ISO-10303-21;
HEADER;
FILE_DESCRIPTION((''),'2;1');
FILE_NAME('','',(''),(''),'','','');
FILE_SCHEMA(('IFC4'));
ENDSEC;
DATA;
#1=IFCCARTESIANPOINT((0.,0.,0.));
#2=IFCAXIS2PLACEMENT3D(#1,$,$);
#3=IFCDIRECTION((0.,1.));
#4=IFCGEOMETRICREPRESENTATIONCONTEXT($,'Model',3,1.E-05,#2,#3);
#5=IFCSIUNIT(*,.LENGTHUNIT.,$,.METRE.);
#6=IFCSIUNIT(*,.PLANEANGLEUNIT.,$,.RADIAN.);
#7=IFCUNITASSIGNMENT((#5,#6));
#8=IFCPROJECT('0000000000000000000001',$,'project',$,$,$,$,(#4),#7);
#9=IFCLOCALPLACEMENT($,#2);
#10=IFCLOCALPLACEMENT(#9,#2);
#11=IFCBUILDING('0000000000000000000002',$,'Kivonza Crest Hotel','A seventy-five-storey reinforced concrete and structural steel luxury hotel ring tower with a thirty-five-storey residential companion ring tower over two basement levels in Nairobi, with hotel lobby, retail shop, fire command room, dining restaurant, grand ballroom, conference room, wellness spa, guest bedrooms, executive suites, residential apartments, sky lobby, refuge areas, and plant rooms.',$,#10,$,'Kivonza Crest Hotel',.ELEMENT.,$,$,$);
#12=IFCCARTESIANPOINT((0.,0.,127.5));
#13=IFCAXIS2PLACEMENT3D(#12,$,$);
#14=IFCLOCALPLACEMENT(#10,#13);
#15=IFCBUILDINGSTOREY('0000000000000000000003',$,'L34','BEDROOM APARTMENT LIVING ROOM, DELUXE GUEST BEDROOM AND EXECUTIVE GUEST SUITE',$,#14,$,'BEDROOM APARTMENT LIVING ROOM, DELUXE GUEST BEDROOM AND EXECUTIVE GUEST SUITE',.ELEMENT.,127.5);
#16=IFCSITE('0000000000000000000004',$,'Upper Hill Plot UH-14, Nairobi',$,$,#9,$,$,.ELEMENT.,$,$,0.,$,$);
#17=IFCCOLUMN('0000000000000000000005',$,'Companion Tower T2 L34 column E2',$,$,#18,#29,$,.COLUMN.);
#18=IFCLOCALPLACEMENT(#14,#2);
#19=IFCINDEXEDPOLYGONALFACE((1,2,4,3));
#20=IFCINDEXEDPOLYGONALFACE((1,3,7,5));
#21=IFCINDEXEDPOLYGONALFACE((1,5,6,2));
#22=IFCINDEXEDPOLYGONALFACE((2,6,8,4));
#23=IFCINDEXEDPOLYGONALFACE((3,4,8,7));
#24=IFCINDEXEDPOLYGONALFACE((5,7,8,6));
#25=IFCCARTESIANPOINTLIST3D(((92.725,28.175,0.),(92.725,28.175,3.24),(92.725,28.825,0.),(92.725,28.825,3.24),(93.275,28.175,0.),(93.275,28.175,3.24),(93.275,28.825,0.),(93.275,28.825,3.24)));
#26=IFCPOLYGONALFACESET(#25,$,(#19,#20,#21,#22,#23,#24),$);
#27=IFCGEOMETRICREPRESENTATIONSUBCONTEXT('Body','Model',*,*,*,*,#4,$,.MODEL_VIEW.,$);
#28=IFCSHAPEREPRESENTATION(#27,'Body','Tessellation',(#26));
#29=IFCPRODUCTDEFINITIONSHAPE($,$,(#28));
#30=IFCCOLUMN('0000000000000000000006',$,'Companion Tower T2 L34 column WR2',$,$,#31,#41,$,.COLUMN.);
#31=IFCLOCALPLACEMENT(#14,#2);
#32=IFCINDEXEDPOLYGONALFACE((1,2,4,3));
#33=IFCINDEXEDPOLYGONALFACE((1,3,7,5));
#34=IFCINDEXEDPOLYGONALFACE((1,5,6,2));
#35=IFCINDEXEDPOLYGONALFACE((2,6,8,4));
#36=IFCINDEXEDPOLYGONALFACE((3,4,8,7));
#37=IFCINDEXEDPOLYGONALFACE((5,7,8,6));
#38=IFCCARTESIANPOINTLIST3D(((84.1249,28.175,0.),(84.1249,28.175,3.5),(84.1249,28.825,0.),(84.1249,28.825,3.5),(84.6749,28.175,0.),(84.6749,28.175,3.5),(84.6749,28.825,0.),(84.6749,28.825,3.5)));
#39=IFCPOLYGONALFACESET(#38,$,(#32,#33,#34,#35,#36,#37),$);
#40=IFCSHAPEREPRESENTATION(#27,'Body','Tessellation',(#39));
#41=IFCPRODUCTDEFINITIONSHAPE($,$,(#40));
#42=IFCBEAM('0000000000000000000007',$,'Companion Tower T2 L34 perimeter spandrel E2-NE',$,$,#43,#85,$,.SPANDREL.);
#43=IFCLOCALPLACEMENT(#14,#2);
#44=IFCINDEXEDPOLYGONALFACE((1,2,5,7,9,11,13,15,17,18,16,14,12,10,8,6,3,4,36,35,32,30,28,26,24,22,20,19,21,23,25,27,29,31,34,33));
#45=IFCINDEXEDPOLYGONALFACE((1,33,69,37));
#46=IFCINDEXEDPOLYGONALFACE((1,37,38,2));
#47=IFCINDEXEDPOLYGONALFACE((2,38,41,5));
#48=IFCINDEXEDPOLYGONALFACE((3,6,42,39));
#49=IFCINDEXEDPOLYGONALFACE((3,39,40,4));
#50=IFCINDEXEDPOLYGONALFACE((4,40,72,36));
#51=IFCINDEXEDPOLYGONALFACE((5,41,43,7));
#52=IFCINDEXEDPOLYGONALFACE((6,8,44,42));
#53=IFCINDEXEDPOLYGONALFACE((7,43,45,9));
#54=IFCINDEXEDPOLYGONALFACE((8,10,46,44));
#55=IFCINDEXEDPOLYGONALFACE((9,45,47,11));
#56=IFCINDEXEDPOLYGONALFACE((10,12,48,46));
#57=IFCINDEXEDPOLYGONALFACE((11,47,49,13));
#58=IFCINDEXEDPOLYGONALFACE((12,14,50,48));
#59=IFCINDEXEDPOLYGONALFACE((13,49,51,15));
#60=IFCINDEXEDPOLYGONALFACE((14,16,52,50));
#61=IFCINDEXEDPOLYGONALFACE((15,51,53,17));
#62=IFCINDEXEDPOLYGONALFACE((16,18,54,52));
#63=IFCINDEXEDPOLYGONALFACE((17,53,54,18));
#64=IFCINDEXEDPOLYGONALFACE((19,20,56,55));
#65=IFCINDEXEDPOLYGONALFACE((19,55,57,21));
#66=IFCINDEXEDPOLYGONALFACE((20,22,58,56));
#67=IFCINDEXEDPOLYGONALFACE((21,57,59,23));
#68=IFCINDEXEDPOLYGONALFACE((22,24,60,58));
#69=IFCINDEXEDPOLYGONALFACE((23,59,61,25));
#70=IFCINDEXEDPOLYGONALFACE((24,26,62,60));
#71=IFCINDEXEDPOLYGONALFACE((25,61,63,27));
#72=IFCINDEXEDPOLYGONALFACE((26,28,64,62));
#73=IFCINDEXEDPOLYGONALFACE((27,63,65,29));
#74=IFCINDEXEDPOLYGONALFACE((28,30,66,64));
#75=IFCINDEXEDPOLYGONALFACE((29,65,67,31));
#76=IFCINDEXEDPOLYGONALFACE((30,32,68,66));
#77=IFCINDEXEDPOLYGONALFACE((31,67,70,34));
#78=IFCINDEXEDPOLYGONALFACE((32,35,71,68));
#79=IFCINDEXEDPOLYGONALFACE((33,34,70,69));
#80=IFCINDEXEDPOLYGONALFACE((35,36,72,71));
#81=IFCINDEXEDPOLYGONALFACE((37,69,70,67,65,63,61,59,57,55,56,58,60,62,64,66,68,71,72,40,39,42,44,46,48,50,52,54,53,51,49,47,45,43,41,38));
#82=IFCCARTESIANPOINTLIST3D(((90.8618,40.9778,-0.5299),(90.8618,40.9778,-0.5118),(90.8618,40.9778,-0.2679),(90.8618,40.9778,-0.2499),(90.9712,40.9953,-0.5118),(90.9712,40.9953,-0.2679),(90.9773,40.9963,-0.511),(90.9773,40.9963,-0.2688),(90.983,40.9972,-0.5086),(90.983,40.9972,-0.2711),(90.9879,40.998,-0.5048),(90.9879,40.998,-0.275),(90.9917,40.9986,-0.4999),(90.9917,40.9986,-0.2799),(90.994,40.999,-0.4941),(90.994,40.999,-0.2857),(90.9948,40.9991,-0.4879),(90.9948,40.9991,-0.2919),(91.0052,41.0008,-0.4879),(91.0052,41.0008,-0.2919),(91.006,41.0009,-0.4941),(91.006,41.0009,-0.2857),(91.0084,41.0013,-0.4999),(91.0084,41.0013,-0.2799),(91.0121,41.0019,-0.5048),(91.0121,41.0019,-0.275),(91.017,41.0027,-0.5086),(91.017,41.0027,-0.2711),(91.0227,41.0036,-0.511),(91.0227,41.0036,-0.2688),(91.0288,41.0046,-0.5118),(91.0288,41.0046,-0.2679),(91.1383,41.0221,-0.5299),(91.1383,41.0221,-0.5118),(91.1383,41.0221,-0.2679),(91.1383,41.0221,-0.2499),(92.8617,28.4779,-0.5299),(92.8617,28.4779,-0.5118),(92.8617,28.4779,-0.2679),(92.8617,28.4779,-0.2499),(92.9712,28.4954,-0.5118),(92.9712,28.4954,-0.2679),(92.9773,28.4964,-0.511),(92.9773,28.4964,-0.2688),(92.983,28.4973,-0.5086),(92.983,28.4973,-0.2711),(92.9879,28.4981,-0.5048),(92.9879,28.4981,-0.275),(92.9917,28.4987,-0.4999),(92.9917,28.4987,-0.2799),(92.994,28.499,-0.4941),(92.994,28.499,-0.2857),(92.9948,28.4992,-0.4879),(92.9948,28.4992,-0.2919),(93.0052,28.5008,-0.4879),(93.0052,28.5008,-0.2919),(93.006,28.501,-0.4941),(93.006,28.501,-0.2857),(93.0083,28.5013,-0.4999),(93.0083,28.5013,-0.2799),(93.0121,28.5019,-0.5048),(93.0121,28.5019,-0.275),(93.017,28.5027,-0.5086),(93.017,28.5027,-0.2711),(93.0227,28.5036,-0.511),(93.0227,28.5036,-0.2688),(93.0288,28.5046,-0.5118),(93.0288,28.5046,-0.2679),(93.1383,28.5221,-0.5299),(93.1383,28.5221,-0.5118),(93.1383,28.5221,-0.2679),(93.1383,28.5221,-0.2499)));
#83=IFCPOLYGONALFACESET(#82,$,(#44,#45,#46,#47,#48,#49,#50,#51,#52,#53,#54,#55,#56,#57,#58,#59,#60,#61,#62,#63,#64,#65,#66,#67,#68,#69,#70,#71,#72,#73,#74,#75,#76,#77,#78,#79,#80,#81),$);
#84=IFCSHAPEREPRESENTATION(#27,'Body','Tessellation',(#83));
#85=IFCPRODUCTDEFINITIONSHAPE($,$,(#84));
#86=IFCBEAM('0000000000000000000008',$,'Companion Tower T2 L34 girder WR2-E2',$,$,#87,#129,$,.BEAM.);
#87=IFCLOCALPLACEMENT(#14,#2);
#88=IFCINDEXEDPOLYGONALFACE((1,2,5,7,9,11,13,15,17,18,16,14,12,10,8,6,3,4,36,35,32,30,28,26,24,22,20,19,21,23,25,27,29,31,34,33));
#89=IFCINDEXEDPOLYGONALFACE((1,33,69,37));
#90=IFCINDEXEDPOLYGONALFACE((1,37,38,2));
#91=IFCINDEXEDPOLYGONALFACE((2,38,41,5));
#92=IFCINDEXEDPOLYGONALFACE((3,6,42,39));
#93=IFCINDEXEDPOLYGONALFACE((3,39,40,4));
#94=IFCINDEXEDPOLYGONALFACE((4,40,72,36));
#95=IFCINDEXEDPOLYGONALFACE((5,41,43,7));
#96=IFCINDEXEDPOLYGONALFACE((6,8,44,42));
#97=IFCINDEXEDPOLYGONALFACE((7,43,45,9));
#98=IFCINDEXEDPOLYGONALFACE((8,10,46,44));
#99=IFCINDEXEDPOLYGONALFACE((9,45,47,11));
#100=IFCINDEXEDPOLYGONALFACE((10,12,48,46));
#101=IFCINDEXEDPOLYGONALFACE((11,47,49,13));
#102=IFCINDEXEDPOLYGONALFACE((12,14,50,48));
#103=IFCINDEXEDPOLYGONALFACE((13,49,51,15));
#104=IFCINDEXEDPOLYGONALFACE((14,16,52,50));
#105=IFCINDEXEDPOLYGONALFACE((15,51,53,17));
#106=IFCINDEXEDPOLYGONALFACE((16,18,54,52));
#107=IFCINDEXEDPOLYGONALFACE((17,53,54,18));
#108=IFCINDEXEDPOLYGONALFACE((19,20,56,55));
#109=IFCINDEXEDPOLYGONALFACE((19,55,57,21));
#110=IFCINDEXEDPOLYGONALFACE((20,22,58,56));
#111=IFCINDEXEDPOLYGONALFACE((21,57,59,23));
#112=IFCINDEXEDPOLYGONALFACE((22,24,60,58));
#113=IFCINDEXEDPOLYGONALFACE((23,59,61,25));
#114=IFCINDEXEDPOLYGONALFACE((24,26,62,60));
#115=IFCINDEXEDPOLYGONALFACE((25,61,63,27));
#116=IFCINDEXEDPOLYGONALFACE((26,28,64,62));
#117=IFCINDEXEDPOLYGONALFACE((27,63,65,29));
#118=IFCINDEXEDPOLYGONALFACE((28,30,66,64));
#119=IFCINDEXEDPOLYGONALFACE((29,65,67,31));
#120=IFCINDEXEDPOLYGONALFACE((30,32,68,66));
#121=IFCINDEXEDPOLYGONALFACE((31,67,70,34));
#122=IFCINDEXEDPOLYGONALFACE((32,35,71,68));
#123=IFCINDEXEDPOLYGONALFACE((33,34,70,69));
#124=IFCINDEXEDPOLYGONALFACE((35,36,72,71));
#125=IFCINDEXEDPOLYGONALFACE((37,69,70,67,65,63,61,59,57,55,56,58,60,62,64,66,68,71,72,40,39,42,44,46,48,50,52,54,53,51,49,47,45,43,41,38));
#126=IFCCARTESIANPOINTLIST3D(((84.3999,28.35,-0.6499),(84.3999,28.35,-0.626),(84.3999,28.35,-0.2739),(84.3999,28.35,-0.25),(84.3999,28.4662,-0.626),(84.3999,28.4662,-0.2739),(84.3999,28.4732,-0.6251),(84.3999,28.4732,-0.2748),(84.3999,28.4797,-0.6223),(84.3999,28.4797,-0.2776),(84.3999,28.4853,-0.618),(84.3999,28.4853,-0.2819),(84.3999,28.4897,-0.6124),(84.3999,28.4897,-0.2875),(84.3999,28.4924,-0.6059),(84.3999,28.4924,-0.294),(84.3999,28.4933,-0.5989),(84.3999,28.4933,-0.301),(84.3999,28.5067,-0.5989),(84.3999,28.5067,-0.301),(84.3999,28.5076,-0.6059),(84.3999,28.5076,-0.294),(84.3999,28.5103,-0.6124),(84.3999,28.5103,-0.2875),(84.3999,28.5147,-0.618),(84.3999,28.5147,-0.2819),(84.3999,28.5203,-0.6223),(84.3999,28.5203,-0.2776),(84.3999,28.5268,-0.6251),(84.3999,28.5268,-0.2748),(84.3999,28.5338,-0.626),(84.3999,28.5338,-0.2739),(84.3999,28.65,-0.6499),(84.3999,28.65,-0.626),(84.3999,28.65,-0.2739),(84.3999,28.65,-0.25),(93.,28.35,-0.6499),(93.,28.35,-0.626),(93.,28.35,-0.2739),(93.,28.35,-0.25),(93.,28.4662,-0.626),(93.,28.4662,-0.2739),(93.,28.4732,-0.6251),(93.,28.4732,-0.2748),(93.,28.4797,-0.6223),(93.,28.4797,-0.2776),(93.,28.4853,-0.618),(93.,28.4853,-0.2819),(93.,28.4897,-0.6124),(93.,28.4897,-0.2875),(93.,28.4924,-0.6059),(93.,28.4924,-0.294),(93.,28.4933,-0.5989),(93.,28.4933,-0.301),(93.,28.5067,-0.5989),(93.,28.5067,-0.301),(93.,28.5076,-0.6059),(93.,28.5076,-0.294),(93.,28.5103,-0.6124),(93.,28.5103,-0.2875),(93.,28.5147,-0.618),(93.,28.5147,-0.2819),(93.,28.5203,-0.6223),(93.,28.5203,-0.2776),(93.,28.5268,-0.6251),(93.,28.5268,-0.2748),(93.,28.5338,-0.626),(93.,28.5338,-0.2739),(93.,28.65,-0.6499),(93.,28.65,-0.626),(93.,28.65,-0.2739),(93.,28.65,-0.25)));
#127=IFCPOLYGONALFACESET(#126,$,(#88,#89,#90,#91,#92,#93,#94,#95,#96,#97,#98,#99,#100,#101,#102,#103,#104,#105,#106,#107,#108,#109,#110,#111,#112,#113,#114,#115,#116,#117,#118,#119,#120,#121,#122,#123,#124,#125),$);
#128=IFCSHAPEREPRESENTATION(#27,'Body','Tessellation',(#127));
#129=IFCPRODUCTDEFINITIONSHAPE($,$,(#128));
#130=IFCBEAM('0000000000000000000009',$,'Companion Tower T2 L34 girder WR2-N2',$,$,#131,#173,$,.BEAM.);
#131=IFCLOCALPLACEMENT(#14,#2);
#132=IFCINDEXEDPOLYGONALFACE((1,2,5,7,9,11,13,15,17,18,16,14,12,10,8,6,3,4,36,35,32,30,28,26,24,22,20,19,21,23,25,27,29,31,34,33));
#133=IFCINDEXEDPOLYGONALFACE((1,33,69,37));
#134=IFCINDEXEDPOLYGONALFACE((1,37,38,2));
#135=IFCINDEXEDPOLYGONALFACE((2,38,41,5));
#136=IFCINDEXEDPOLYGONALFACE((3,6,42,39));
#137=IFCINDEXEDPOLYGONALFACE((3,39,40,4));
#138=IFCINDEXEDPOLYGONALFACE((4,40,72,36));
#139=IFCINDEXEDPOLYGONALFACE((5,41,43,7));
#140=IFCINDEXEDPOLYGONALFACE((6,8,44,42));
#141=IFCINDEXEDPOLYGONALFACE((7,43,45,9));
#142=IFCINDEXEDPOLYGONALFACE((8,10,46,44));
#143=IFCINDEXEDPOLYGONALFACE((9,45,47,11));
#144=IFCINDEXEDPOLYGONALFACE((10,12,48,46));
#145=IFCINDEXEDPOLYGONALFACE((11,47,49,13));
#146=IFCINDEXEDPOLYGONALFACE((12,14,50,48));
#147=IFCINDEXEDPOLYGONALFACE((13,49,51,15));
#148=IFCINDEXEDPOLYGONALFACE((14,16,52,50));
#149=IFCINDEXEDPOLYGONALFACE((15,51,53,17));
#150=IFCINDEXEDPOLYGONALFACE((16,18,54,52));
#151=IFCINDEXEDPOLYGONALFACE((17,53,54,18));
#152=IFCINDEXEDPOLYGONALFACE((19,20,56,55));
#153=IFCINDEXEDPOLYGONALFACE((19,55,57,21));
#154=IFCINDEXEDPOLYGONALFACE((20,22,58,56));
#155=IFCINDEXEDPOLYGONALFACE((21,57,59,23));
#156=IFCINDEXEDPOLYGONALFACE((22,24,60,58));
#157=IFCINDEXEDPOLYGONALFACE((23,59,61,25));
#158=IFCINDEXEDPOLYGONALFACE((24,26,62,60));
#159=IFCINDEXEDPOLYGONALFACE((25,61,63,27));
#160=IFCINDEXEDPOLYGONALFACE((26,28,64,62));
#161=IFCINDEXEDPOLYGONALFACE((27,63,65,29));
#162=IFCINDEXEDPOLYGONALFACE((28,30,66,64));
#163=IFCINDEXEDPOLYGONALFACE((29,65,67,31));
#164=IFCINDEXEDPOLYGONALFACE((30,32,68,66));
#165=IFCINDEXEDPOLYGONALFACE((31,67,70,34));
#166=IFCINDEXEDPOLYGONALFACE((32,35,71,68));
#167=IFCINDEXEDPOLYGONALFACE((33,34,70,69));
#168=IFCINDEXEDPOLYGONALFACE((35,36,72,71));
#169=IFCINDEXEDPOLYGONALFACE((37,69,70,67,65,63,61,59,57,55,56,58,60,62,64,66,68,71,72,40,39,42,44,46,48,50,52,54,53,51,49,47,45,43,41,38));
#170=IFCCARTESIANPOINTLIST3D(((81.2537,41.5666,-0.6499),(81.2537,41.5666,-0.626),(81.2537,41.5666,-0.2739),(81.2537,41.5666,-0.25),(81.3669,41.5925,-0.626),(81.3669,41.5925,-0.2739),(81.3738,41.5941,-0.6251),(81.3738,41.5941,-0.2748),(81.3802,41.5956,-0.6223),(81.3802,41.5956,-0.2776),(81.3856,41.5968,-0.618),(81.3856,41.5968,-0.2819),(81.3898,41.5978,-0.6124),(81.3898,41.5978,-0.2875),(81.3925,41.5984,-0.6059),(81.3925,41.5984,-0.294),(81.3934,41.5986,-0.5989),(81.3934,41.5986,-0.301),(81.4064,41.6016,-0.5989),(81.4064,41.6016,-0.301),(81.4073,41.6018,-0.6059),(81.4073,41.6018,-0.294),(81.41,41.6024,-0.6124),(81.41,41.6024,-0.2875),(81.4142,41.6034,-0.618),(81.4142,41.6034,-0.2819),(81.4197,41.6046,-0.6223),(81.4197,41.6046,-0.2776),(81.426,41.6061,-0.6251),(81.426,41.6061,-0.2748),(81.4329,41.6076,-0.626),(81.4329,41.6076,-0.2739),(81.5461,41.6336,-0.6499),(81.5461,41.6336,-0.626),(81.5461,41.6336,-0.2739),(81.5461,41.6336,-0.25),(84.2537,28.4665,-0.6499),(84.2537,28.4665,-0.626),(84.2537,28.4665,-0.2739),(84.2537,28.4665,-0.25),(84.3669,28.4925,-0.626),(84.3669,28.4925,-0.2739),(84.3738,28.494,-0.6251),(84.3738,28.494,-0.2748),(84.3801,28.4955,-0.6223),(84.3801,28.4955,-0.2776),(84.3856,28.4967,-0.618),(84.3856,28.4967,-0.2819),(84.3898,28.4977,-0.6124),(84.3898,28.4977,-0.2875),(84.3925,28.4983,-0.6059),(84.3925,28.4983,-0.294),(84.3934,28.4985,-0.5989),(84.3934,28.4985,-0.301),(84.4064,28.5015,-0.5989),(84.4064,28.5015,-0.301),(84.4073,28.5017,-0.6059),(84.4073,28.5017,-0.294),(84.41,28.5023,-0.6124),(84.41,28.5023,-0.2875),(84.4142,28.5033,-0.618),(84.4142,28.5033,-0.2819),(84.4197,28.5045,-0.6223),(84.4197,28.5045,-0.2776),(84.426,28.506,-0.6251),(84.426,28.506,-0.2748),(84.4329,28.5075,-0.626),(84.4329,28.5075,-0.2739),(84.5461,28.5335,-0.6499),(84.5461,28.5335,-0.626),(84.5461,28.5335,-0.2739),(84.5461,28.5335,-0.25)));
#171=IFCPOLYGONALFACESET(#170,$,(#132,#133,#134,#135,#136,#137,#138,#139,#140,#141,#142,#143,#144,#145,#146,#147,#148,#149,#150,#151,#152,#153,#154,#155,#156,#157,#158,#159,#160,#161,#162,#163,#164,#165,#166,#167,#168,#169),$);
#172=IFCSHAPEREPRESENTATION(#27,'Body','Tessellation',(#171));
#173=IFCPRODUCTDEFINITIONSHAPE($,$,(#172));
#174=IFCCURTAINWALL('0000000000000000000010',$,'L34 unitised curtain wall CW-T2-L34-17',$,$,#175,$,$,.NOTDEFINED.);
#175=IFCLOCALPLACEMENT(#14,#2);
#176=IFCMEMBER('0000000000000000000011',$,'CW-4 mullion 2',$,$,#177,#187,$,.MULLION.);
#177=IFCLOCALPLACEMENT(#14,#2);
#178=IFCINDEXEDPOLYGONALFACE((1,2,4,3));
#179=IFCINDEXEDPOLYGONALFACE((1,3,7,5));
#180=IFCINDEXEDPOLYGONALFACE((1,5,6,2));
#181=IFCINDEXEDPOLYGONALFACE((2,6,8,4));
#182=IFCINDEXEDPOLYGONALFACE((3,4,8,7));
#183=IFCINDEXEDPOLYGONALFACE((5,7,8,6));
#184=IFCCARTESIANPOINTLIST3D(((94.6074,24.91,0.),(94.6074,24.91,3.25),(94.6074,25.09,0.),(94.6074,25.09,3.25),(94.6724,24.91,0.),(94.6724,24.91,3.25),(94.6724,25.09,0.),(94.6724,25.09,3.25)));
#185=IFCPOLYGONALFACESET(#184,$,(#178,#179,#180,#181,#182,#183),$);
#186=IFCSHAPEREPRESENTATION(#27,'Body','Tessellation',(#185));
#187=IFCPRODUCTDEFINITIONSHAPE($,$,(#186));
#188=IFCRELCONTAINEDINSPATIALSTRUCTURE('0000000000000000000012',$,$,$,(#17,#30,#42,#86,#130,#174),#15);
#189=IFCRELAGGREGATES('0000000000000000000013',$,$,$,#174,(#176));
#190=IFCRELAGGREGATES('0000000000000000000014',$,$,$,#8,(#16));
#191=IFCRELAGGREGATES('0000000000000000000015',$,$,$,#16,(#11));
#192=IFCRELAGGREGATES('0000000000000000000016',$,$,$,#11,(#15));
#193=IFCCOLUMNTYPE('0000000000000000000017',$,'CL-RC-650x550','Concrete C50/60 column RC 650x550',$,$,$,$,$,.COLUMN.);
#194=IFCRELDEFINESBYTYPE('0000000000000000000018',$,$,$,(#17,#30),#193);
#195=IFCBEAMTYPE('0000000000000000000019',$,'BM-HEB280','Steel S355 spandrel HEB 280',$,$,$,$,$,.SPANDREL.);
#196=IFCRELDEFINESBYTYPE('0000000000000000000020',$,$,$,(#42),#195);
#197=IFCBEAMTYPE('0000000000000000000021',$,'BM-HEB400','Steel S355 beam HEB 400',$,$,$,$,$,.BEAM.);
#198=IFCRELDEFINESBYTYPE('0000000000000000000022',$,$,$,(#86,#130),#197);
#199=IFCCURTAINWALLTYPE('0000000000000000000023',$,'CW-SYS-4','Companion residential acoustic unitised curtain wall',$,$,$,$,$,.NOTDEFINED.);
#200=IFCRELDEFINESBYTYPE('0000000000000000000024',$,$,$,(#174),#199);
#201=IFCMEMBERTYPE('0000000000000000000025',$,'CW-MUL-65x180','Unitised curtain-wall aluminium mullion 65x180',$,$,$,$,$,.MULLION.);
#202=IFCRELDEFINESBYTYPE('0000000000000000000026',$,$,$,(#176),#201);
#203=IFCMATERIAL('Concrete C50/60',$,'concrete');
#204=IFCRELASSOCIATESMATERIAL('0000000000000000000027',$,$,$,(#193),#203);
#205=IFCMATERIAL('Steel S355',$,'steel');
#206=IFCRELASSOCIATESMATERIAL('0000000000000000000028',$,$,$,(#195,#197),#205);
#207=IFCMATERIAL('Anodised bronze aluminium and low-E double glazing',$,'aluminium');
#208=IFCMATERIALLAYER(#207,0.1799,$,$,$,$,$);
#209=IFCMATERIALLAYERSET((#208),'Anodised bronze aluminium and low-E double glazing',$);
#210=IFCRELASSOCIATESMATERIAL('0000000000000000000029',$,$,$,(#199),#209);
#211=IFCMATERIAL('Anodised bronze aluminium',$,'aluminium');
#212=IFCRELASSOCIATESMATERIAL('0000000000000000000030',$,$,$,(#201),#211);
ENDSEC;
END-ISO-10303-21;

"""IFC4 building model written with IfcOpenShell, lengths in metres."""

from ifc_helpers import new_model, si_unit, direction, frame, origin, origin_2d, place, context, subcontext, project, spatial, rectangle, i_section, extrude, material, layer, layer_set, material_profile, profile_set, type_object, element, aggregate, save


model = new_model("IFC4")

# Units and contexts
model_context = context("Model", 3, precision=1e-05, world=origin(), true_north=direction((0.0, 1.0)))
body_context = subcontext(model_context, "Body", "Model", "MODEL_VIEW")
ifc_project = project(units=[si_unit("LENGTHUNIT", "METRE"), si_unit("PLANEANGLEUNIT", "RADIAN")], contexts=[model_context])

# Site, building, storey
site_placement = place(None, origin())
site = spatial("IfcSite", under=ifc_project, at=site_placement, Name="Upper Hill Plot UH-14, Nairobi", CompositionType="ELEMENT", RefElevation=0.0)
building_placement = place(site_placement, origin())
building = spatial("IfcBuilding", under=site, at=building_placement, Name="Kivonza Crest Hotel", Description="A seventy-five-storey reinforced concrete and structural steel luxury hotel ring tower with a thirty-five-storey residential companion ring tower over two basement levels in Nairobi, with hotel lobby, retail shop, fire command room, dining restaurant, grand ballroom, conference room, wellness spa, guest bedrooms, executive suites, residential apartments, sky lobby, refuge areas, and plant rooms.", LongName="Kivonza Crest Hotel", CompositionType="ELEMENT")
storey_placement = place(building_placement, frame((0.0, 0.0, 127.5)))
storey = spatial("IfcBuildingStorey", under=building, at=storey_placement, Name="L34", Description="BEDROOM APARTMENT LIVING ROOM, DELUXE GUEST BEDROOM AND EXECUTIVE GUEST SUITE", LongName="BEDROOM APARTMENT LIVING ROOM, DELUXE GUEST BEDROOM AND EXECUTIVE GUEST SUITE", CompositionType="ELEMENT", Elevation=127.5)

# Columns
ifc_material_1 = material(Name="Concrete C50/60", Category="concrete")
ifc_material_profile_1 = material_profile(ifc_material_1, rectangle(XDim=0.55, YDim=0.6499, at=origin_2d()), Name="RC 650x550")
ifc_profile_set_1 = profile_set([ifc_material_profile_1], Name="Concrete C50/60")
column_type = type_object("IfcColumnType", Name="CL-RC-650x550", Description="Concrete C50/60 column RC 650x550", PredefinedType="COLUMN", material=ifc_profile_set_1)
column_1_placement = place(storey_placement, frame((93.0, 28.5, 0.0), z_axis=(0.0, 0.0, 1.0), x_axis=(1.0, 0.0, 0.0)))
element("IfcColumn", 1, at=column_1_placement, inside=storey, type_object=column_type, Name="Companion Tower T2 L34 column E2", PredefinedType="COLUMN", context=body_context, shape_type="SweptSolid", body=[
    extrude(rectangle(XDim=0.55, YDim=0.6499, at=origin_2d()), origin(), (0.0, 0.0, 1.0), 3.24),
])
column_2_placement = place(storey_placement, frame((84.3999, 28.5, 0.0), z_axis=(0.0, 0.0, 1.0), x_axis=(1.0, 0.0, 0.0)))
element("IfcColumn", 2, at=column_2_placement, inside=storey, type_object=column_type, Name="Companion Tower T2 L34 column WR2", PredefinedType="COLUMN", context=body_context, shape_type="SweptSolid", body=[
    extrude(rectangle(XDim=0.55, YDim=0.6499, at=origin_2d()), origin(), (0.0, 0.0, 1.0), 3.5),
])

# Beams
ifc_material_2 = material(Name="Steel S355", Category="steel")
ifc_material_profile_2 = material_profile(ifc_material_2, i_section(OverallWidth=0.28, OverallDepth=0.28, WebThickness=0.0105, FlangeThickness=0.0181, FilletRadius=0.0239, at=origin_2d()), Name="HEB 280")
ifc_profile_set_2 = profile_set([ifc_material_profile_2], Name="Steel S355")
beam_type_1 = type_object("IfcBeamType", Name="BM-HEB280", Description="Steel S355 spandrel HEB 280", PredefinedType="SPANDREL", material=ifc_profile_set_2)
beam_1_placement = place(storey_placement, frame((93.0, 28.5, -0.3899), z_axis=(-0.157991, 0.987441, 0.0), x_axis=(-0.987441, -0.157991, 0.0)))
element("IfcBeam", 3, at=beam_1_placement, inside=storey, type_object=beam_type_1, Name="Companion Tower T2 L34 perimeter spandrel E2-NE", PredefinedType="SPANDREL", context=body_context, shape_type="SweptSolid", body=[
    extrude(i_section(OverallWidth=0.28, OverallDepth=0.28, WebThickness=0.0105, FlangeThickness=0.0181, FilletRadius=0.0239, at=origin_2d()), origin(), (0.0, 0.0, 1.0), 12.6589),
])
ifc_material_profile_3 = material_profile(ifc_material_2, i_section(OverallWidth=0.3, OverallDepth=0.3999, WebThickness=0.0134, FlangeThickness=0.0239, FilletRadius=0.0271, at=origin_2d()), Name="HEB 400")
ifc_profile_set_3 = profile_set([ifc_material_profile_3], Name="Steel S355")
beam_type_2 = type_object("IfcBeamType", Name="BM-HEB400", Description="Steel S355 beam HEB 400", PredefinedType="BEAM", material=ifc_profile_set_3)
beam_2_placement = place(storey_placement, frame((84.3999, 28.5, -0.45), z_axis=(1.0, 0.0, 0.0), x_axis=(0.0, 1.0, 0.0)))
element("IfcBeam", 4, at=beam_2_placement, inside=storey, type_object=beam_type_2, Name="Companion Tower T2 L34 girder WR2-E2", PredefinedType="BEAM", context=body_context, shape_type="SweptSolid", body=[
    extrude(i_section(OverallWidth=0.3, OverallDepth=0.3999, WebThickness=0.0134, FlangeThickness=0.0239, FilletRadius=0.0271, at=origin_2d()), origin(), (0.0, 0.0, 1.0), 8.6001),
])
beam_3_placement = place(storey_placement, frame((84.3999, 28.5, -0.45), z_axis=(-0.223227, 0.974766, 0.0), x_axis=(-0.974766, -0.223227, 0.0)))
element("IfcBeam", 5, at=beam_3_placement, inside=storey, type_object=beam_type_2, Name="Companion Tower T2 L34 girder WR2-N2", PredefinedType="BEAM", context=body_context, shape_type="SweptSolid", body=[
    extrude(i_section(OverallWidth=0.3, OverallDepth=0.3999, WebThickness=0.0134, FlangeThickness=0.0239, FilletRadius=0.0271, at=origin_2d()), origin(), (0.0, 0.0, 1.0), 13.4392),
])

# Curtain wall, member
ifc_material_3 = material(Name="Anodised bronze aluminium and low-E double glazing", Category="aluminium")
ifc_layer_1 = layer(ifc_material_3, 0.1799)
ifc_layer_set_1 = layer_set([ifc_layer_1], Name="Anodised bronze aluminium and low-E double glazing")
curtain_wall_type_1 = type_object("IfcCurtainWallType", Name="CW-SYS-4", Description="Companion residential acoustic unitised curtain wall", PredefinedType="NOTDEFINED", material=ifc_layer_set_1)
curtain_wall_1_placement = place(storey_placement, origin())
curtain_wall_1 = element("IfcCurtainWall", 6, at=curtain_wall_1_placement, inside=storey, type_object=curtain_wall_type_1, Name="L34 unitised curtain wall CW-T2-L34-17", PredefinedType="NOTDEFINED")
ifc_material_4 = material(Name="Anodised bronze aluminium", Category="aluminium")
ifc_material_profile_4 = material_profile(ifc_material_4, rectangle(XDim=0.0649, YDim=0.1799, at=origin_2d()), Name="CW-M 65x180")
ifc_profile_set_4 = profile_set([ifc_material_profile_4], Name="Anodised bronze aluminium")
member_type_1 = type_object("IfcMemberType", Name="CW-MUL-65x180", Description="Unitised curtain-wall aluminium mullion 65x180", PredefinedType="MULLION", material=ifc_profile_set_4)
member_1_placement = place(storey_placement, frame((94.6399, 25.0, 0.0), z_axis=(0.0, 0.0, 1.0), x_axis=(-1.0, 0.0, 0.0)))
member_1 = element("IfcMember", 7, at=member_1_placement, type_object=member_type_1, Name="CW-4 mullion 2", PredefinedType="MULLION", context=body_context, shape_type="SweptSolid", body=[
    extrude(rectangle(XDim=0.0649, YDim=0.1799, at=origin_2d()), origin(), (0.0, 0.0, 1.0), 3.25),
])

aggregate(curtain_wall_1, [member_1])

save(model, "model.ifc")
